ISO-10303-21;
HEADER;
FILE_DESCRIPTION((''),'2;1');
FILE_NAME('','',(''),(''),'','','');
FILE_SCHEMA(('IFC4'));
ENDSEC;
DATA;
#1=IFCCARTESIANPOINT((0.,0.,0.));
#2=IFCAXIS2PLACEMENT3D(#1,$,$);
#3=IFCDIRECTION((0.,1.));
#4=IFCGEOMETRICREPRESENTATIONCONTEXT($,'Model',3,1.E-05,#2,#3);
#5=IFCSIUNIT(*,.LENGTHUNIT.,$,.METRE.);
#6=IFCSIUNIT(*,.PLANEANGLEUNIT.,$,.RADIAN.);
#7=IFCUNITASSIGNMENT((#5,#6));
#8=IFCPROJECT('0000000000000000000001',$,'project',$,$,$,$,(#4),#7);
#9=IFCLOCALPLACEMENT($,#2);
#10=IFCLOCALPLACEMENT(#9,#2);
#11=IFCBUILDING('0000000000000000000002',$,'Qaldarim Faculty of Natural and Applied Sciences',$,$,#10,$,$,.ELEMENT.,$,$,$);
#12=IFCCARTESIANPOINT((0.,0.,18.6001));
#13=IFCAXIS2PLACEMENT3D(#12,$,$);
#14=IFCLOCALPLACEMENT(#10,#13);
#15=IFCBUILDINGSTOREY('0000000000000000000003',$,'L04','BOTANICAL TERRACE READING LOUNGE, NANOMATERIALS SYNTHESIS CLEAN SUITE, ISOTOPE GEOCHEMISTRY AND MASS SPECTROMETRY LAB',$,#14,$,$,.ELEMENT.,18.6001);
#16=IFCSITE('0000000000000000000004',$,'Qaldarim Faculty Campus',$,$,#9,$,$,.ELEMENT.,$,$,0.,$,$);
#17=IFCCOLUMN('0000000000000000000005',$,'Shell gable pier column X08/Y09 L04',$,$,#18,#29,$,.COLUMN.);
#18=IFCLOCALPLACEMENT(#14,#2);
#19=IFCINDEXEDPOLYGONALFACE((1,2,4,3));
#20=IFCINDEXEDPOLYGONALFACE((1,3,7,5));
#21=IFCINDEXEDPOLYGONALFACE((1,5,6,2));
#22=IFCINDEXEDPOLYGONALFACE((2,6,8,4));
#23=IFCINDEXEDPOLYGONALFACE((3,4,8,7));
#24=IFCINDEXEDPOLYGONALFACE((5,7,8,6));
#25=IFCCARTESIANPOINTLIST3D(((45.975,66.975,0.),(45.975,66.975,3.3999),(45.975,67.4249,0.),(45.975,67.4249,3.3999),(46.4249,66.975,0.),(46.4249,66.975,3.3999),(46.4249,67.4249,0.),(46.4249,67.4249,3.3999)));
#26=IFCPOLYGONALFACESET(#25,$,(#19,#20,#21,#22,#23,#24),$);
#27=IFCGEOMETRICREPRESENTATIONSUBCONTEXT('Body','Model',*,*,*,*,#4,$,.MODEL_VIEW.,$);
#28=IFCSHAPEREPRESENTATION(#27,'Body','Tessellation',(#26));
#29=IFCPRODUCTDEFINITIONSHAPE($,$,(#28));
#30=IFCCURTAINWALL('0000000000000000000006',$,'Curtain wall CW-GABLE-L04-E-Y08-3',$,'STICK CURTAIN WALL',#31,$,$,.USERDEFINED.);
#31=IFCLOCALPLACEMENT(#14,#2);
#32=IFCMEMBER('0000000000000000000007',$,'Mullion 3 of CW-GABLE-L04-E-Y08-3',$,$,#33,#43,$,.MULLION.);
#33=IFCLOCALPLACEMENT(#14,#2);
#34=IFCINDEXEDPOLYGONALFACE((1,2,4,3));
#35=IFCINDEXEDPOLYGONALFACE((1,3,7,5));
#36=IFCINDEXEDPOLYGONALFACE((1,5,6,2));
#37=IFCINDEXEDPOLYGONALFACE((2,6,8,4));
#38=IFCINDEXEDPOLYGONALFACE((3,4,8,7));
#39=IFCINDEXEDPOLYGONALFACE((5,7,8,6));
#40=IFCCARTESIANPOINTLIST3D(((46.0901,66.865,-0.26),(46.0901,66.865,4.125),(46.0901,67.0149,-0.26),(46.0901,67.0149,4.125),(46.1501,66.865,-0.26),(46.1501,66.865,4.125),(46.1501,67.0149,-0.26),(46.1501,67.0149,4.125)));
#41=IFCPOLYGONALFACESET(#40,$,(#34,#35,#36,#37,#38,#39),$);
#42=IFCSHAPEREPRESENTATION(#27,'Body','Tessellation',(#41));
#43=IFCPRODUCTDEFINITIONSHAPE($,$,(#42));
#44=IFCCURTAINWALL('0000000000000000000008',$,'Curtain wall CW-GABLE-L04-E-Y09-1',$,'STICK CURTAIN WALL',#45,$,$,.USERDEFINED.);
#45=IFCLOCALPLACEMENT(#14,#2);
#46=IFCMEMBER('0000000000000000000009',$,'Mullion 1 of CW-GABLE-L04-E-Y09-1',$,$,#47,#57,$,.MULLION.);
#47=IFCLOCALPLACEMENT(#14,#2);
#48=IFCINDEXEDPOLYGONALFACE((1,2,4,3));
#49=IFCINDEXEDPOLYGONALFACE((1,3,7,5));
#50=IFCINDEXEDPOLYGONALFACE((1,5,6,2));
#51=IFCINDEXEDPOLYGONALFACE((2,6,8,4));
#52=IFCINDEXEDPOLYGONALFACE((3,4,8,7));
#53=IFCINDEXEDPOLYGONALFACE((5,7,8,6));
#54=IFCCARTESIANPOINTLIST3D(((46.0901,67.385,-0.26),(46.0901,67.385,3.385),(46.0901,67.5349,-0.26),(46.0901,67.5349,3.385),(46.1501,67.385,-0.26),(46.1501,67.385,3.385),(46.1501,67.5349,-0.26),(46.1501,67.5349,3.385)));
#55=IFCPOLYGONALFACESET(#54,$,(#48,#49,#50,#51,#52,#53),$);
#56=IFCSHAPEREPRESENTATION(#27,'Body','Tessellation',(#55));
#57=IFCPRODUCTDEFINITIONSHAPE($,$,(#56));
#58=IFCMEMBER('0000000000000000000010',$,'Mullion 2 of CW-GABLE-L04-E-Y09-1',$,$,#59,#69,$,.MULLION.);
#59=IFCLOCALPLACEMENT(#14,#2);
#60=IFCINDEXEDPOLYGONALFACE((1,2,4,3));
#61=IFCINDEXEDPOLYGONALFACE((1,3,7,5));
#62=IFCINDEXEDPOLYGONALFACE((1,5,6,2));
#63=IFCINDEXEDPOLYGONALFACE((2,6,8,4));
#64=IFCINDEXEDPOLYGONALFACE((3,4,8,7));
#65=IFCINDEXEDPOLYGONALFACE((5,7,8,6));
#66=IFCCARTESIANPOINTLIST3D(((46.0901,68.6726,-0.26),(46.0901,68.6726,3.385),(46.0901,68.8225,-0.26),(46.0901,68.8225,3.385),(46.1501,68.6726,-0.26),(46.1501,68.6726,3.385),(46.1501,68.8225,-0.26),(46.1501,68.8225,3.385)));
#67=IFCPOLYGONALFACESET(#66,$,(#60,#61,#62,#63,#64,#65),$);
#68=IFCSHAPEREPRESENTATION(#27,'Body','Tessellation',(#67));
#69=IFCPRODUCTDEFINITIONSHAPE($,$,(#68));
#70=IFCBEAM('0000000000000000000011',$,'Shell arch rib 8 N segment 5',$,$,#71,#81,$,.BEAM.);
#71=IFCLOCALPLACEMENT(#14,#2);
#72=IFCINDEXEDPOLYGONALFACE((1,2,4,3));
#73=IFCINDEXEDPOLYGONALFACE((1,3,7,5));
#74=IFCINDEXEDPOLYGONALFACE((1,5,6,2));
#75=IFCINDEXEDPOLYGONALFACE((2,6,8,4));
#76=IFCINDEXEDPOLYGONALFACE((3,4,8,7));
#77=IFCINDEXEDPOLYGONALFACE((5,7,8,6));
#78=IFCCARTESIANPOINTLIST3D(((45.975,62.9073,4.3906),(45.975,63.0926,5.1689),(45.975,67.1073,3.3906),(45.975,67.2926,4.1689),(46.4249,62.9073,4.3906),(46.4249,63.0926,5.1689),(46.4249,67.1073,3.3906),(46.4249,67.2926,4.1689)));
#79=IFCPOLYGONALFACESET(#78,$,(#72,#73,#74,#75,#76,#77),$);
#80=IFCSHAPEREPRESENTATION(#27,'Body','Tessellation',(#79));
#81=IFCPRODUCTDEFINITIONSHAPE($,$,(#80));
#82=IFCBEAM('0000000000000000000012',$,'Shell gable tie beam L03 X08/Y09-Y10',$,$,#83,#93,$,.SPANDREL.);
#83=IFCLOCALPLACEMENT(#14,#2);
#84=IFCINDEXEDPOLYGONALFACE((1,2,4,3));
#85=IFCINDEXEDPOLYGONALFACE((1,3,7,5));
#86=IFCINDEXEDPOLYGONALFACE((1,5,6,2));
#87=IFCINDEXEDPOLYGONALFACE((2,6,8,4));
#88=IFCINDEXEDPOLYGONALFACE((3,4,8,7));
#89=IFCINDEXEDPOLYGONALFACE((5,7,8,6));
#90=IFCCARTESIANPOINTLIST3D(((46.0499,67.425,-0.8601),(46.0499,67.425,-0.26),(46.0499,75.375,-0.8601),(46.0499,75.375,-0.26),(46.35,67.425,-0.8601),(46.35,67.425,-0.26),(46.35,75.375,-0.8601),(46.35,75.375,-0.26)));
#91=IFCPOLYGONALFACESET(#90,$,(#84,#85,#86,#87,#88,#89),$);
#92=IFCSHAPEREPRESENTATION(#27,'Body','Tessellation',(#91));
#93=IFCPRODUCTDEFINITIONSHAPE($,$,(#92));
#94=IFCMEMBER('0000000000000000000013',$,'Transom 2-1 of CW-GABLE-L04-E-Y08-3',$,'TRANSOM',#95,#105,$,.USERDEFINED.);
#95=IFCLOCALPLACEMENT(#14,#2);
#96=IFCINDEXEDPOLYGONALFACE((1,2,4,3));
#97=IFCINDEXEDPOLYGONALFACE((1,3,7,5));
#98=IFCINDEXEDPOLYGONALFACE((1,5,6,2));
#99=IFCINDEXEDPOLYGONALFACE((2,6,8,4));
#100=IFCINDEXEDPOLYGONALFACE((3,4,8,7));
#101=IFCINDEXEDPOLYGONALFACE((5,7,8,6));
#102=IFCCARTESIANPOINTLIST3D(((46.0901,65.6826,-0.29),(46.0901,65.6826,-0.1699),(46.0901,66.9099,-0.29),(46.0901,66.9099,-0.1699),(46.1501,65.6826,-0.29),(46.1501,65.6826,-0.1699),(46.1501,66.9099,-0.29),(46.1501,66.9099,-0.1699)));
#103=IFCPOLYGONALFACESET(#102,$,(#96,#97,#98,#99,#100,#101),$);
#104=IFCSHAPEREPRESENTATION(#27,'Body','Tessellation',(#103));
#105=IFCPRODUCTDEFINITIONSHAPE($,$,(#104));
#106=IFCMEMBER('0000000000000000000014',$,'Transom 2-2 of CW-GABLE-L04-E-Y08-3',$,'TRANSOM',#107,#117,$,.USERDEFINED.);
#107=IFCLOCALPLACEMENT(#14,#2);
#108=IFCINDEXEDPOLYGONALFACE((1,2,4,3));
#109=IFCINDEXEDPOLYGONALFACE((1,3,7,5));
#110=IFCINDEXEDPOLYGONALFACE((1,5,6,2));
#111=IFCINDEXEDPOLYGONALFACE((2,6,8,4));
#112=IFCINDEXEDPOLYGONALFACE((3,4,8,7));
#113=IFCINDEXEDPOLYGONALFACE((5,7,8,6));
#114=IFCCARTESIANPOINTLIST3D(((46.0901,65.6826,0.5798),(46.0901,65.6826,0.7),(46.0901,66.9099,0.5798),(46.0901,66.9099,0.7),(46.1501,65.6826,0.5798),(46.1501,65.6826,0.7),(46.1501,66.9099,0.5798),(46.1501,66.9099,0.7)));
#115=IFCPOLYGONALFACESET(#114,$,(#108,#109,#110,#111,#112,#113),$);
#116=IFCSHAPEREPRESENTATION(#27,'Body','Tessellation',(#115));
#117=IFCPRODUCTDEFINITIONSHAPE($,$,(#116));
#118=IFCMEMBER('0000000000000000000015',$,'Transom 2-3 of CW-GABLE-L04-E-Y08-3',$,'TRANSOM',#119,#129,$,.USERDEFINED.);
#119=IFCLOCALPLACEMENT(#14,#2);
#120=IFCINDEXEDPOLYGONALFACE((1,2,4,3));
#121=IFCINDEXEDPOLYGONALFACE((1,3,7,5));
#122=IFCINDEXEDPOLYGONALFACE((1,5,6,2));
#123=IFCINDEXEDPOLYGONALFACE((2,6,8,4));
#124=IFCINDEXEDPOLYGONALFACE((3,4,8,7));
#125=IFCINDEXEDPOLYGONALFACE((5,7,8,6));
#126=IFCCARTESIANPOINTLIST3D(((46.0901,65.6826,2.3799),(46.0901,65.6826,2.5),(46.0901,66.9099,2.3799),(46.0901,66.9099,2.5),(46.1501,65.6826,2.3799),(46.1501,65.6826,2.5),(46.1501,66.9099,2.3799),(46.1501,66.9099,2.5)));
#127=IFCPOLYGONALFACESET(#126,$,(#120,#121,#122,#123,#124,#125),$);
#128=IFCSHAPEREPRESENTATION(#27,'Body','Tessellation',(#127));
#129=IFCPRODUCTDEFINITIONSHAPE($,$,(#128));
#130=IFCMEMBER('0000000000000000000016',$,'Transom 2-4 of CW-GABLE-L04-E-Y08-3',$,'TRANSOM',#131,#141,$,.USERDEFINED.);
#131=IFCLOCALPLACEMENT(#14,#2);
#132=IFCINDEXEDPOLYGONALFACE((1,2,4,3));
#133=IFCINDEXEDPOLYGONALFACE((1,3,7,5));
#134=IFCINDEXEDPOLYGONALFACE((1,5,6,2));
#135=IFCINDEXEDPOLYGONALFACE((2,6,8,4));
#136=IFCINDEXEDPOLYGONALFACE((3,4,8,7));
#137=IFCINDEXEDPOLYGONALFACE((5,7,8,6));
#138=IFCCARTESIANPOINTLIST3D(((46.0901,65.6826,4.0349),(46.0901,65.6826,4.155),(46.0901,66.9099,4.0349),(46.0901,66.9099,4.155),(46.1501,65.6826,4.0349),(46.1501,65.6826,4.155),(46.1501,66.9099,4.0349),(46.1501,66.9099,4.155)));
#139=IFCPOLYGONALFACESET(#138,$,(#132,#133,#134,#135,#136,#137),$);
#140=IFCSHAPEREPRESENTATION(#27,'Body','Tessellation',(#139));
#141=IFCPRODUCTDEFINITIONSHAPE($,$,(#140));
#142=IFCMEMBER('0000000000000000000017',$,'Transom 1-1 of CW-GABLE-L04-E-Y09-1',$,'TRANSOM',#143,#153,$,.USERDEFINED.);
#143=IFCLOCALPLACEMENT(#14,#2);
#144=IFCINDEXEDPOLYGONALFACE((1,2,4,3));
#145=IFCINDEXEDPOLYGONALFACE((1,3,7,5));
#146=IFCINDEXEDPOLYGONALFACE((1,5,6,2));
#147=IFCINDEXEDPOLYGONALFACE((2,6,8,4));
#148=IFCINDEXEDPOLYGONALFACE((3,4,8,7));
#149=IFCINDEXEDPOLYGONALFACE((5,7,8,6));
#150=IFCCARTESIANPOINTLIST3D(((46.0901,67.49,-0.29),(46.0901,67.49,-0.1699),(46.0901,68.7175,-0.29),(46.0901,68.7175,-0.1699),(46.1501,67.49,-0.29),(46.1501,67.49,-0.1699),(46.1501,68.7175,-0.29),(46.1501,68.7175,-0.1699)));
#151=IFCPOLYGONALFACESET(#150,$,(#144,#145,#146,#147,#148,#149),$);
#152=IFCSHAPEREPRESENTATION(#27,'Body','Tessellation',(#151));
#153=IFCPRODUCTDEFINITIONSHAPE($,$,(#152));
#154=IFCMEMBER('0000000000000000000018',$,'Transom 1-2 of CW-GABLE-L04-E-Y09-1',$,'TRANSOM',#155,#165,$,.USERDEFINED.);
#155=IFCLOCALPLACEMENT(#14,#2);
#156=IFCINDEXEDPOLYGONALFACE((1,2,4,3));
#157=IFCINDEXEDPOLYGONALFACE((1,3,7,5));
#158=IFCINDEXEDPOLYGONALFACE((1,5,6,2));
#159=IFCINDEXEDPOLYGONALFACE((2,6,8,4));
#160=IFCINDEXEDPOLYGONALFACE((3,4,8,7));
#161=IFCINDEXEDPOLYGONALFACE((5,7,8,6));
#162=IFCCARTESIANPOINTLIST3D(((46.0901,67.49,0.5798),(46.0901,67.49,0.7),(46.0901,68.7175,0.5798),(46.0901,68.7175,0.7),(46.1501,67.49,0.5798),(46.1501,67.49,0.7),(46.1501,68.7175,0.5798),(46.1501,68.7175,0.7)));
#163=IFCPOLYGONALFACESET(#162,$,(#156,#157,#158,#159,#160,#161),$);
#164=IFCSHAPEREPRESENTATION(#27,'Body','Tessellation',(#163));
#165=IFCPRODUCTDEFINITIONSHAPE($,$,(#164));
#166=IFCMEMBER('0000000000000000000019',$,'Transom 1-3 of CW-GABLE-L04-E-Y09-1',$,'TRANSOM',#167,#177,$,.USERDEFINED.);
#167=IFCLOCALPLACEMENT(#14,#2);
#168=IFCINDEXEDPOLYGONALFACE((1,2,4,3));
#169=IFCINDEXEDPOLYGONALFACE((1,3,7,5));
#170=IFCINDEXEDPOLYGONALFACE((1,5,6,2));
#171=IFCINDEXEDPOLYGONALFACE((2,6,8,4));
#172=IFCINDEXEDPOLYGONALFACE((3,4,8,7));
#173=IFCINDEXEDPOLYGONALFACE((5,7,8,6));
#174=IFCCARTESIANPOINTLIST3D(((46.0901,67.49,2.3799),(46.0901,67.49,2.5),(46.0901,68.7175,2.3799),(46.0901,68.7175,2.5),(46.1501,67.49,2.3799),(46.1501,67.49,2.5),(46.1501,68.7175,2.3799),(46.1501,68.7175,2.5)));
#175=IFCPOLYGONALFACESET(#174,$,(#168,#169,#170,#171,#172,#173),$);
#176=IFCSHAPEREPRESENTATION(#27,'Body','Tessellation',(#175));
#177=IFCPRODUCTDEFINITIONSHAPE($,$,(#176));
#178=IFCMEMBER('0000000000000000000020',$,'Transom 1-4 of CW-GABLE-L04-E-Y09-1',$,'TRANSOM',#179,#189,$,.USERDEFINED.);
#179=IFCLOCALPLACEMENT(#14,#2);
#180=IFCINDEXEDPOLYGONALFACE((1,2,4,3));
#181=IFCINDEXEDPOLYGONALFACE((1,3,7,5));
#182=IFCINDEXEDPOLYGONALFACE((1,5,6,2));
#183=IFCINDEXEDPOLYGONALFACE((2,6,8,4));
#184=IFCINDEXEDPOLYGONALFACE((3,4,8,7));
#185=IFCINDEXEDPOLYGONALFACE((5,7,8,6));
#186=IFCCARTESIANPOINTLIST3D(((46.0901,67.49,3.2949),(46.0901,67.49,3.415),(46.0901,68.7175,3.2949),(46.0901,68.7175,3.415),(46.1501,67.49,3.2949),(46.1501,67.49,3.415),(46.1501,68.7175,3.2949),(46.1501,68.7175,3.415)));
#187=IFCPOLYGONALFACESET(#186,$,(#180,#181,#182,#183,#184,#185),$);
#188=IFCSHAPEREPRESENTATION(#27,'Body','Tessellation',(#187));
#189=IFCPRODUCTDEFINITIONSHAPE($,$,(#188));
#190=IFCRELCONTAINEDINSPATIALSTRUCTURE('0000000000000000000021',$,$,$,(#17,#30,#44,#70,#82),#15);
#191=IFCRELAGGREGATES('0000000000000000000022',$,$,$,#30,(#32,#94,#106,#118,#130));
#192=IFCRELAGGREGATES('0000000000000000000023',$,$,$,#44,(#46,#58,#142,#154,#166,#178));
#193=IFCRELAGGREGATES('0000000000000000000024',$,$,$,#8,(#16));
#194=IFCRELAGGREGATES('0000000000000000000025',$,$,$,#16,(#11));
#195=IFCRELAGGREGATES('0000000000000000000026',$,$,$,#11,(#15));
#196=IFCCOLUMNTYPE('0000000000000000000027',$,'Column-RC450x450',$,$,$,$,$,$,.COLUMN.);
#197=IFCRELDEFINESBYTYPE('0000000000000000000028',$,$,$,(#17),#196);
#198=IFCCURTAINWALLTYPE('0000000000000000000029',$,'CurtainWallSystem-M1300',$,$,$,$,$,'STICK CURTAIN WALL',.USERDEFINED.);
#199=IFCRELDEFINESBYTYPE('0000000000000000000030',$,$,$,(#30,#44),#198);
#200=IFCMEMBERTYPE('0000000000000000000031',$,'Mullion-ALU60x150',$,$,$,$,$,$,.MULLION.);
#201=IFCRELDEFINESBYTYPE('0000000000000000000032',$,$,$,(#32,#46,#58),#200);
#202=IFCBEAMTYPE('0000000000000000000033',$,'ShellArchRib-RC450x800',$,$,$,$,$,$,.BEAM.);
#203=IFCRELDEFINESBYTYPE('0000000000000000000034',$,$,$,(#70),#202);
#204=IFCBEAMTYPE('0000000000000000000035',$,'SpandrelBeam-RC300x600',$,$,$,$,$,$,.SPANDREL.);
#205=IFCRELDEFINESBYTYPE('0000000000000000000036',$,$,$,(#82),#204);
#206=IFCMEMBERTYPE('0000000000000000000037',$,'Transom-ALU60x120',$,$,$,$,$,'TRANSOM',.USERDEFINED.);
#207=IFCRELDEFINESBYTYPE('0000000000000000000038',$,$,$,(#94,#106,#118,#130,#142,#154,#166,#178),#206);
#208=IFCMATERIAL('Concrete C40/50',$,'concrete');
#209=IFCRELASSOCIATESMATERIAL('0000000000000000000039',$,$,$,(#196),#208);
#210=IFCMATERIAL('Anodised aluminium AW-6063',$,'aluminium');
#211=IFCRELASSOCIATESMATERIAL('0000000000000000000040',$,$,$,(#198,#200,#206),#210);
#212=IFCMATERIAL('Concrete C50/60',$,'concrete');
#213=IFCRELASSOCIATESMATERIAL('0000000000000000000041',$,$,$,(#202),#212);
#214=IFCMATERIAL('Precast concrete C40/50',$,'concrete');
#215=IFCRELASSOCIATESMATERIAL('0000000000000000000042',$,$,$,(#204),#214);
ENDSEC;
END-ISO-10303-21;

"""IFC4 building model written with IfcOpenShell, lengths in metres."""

from ifc_helpers import new_model, si_unit, direction, frame, origin, origin_2d, place, context, subcontext, project, spatial, rectangle, extrude, material, material_profile, profile_set, type_object, element, aggregate, save


model = new_model("IFC4")

# Units and contexts
model_context = context("Model", 3, precision=1e-05, world=origin(), true_north=direction((0.0, 1.0)))
body_context = subcontext(model_context, "Body", "Model", "MODEL_VIEW")
ifc_project = project(units=[si_unit("LENGTHUNIT", "METRE"), si_unit("PLANEANGLEUNIT", "RADIAN")], contexts=[model_context])

# Site, building, storey
site_placement = place(None, origin())
site = spatial("IfcSite", under=ifc_project, at=site_placement, Name="Qaldarim Faculty Campus", CompositionType="ELEMENT", RefElevation=0.0)
building_placement = place(site_placement, origin())
building = spatial("IfcBuilding", under=site, at=building_placement, Name="Qaldarim Faculty of Natural and Applied Sciences", CompositionType="ELEMENT")
storey_placement = place(building_placement, frame((0.0, 0.0, 18.6001)))
storey = spatial("IfcBuildingStorey", under=building, at=storey_placement, Name="L04", Description="BOTANICAL TERRACE READING LOUNGE, NANOMATERIALS SYNTHESIS CLEAN SUITE, ISOTOPE GEOCHEMISTRY AND MASS SPECTROMETRY LAB", CompositionType="ELEMENT", Elevation=18.6001)

# Column
ifc_material_1 = material(Name="Concrete C40/50", Category="concrete")
ifc_material_profile_1 = material_profile(ifc_material_1, rectangle(XDim=0.45, YDim=0.45, at=origin_2d()), Name="RC-C450x450")
ifc_profile_set_1 = profile_set([ifc_material_profile_1], Name="Concrete C40/50")
column_type = type_object("IfcColumnType", Name="Column-RC450x450", PredefinedType="COLUMN", material=ifc_profile_set_1)
column_placement = place(storey_placement, frame((46.2, 67.2, 0.0), z_axis=(0.0, 0.0, 1.0), x_axis=(1.0, 0.0, 0.0)))
element("IfcColumn", 1, at=column_placement, inside=storey, type_object=column_type, Name="Shell gable pier column X08/Y09 L04", PredefinedType="COLUMN", context=body_context, shape_type="SweptSolid", body=[
    extrude(rectangle(XDim=0.45, YDim=0.45, at=origin_2d()), origin(), (0.0, 0.0, 1.0), 3.3999),
])

# Curtain wall, member
ifc_material_2 = material(Name="Anodised aluminium AW-6063", Category="aluminium")
curtain_wall_type = type_object("IfcCurtainWallType", Name="CurtainWallSystem-M1300", ElementType="STICK CURTAIN WALL", PredefinedType="USERDEFINED", material=ifc_material_2)
curtain_wall_1_placement = place(storey_placement, origin())
curtain_wall_1 = element("IfcCurtainWall", 2, at=curtain_wall_1_placement, inside=storey, type_object=curtain_wall_type, Name="Curtain wall CW-GABLE-L04-E-Y08-3", ObjectType="STICK CURTAIN WALL", PredefinedType="USERDEFINED")
ifc_material_profile_2 = material_profile(ifc_material_2, rectangle(XDim=0.0601, YDim=0.1499, at=origin_2d()), Name="ALU-M60x150")
ifc_profile_set_2 = profile_set([ifc_material_profile_2], Name="Anodised aluminium AW-6063")
member_type_1 = type_object("IfcMemberType", Name="Mullion-ALU60x150", PredefinedType="MULLION", material=ifc_profile_set_2)
member_1_placement = place(storey_placement, frame((46.1201, 66.9399, -0.26), z_axis=(0.0, 0.0, 1.0), x_axis=(-1.0, 0.0, 0.0)))
member_1 = element("IfcMember", 3, at=member_1_placement, type_object=member_type_1, Name="Mullion 3 of CW-GABLE-L04-E-Y08-3", PredefinedType="MULLION", context=body_context, shape_type="SweptSolid", body=[
    extrude(rectangle(XDim=0.0601, YDim=0.1499, at=origin_2d()), origin(), (0.0, 0.0, 1.0), 4.385),
])

# Curtain wall, members
curtain_wall_2_placement = place(storey_placement, origin())
curtain_wall_2 = element("IfcCurtainWall", 4, at=curtain_wall_2_placement, inside=storey, type_object=curtain_wall_type, Name="Curtain wall CW-GABLE-L04-E-Y09-1", ObjectType="STICK CURTAIN WALL", PredefinedType="USERDEFINED")
member_2_placement = place(storey_placement, frame((46.1201, 67.46, -0.26), z_axis=(0.0, 0.0, 1.0), x_axis=(-1.0, 0.0, 0.0)))
member_2 = element("IfcMember", 5, at=member_2_placement, type_object=member_type_1, Name="Mullion 1 of CW-GABLE-L04-E-Y09-1", PredefinedType="MULLION", context=body_context, shape_type="SweptSolid", body=[
    extrude(rectangle(XDim=0.0601, YDim=0.1499, at=origin_2d()), origin(), (0.0, 0.0, 1.0), 3.645),
])
member_3_placement = place(storey_placement, frame((46.1201, 68.7476, -0.26), z_axis=(0.0, 0.0, 1.0), x_axis=(-1.0, 0.0, 0.0)))
member_3 = element("IfcMember", 6, at=member_3_placement, type_object=member_type_1, Name="Mullion 2 of CW-GABLE-L04-E-Y09-1", PredefinedType="MULLION", context=body_context, shape_type="SweptSolid", body=[
    extrude(rectangle(XDim=0.0601, YDim=0.1499, at=origin_2d()), origin(), (0.0, 0.0, 1.0), 3.645),
])

# Beams
ifc_material_3 = material(Name="Concrete C50/60", Category="concrete")
ifc_material_profile_3 = material_profile(ifc_material_3, rectangle(XDim=0.45, YDim=0.8, at=origin_2d()), Name="RC-RIB450x800")
ifc_profile_set_3 = profile_set([ifc_material_profile_3], Name="Concrete C50/60")
beam_type_1 = type_object("IfcBeamType", Name="ShellArchRib-RC450x800", PredefinedType="BEAM", material=ifc_profile_set_3)
beam_1_placement = place(storey_placement, frame((46.2, 67.2, 3.7798), z_axis=(0.0, -0.972806, 0.231623), x_axis=(1.0, 0.0, 0.0)))
element("IfcBeam", 7, at=beam_1_placement, inside=storey, type_object=beam_type_1, Name="Shell arch rib 8 N segment 5", PredefinedType="BEAM", context=body_context, shape_type="SweptSolid", body=[
    extrude(rectangle(XDim=0.45, YDim=0.8, at=origin_2d()), origin(), (0.0, 0.0, 1.0), 4.3174),
])
ifc_material_4 = material(Name="Precast concrete C40/50", Category="concrete")
ifc_material_profile_4 = material_profile(ifc_material_4, rectangle(XDim=0.3, YDim=0.6001, at=origin_2d()), Name="RC-SP300x600")
ifc_profile_set_4 = profile_set([ifc_material_profile_4], Name="Precast concrete C40/50")
beam_type_2 = type_object("IfcBeamType", Name="SpandrelBeam-RC300x600", PredefinedType="SPANDREL", material=ifc_profile_set_4)
beam_2_placement = place(storey_placement, frame((46.2, 67.425, -0.5601), z_axis=(0.0, 1.0, 0.0), x_axis=(-1.0, 0.0, 0.0)))
element("IfcBeam", 8, at=beam_2_placement, inside=storey, type_object=beam_type_2, Name="Shell gable tie beam L03 X08/Y09-Y10", PredefinedType="SPANDREL", context=body_context, shape_type="SweptSolid", body=[
    extrude(rectangle(XDim=0.3, YDim=0.6001, at=origin_2d()), origin(), (0.0, 0.0, 1.0), 7.95),
])

# Members
ifc_material_profile_5 = material_profile(ifc_material_2, rectangle(XDim=0.0601, YDim=0.1201, at=origin_2d()), Name="ALU-T60x120")
ifc_profile_set_5 = profile_set([ifc_material_profile_5], Name="Anodised aluminium AW-6063")
member_type_2 = type_object("IfcMemberType", Name="Transom-ALU60x120", ElementType="TRANSOM", PredefinedType="USERDEFINED", material=ifc_profile_set_5)
member_4_placement = place(storey_placement, frame((46.1201, 65.6826, -0.23), z_axis=(0.0, 1.0, 0.0), x_axis=(-1.0, 0.0, 0.0)))
member_4 = element("IfcMember", 9, at=member_4_placement, type_object=member_type_2, Name="Transom 2-1 of CW-GABLE-L04-E-Y08-3", ObjectType="TRANSOM", PredefinedType="USERDEFINED", context=body_context, shape_type="SweptSolid", body=[
    extrude(rectangle(XDim=0.0601, YDim=0.1201, at=origin_2d()), origin(), (0.0, 0.0, 1.0), 1.2273),
])
member_5_placement = place(storey_placement, frame((46.1201, 65.6826, 0.6399), z_axis=(0.0, 1.0, 0.0), x_axis=(-1.0, 0.0, 0.0)))
member_5 = element("IfcMember", 10, at=member_5_placement, type_object=member_type_2, Name="Transom 2-2 of CW-GABLE-L04-E-Y08-3", ObjectType="TRANSOM", PredefinedType="USERDEFINED", context=body_context, shape_type="SweptSolid", body=[
    extrude(rectangle(XDim=0.0601, YDim=0.1201, at=origin_2d()), origin(), (0.0, 0.0, 1.0), 1.2273),
])
member_6_placement = place(storey_placement, frame((46.1201, 65.6826, 2.4399), z_axis=(0.0, 1.0, 0.0), x_axis=(-1.0, 0.0, 0.0)))
member_6 = element("IfcMember", 11, at=member_6_placement, type_object=member_type_2, Name="Transom 2-3 of CW-GABLE-L04-E-Y08-3", ObjectType="TRANSOM", PredefinedType="USERDEFINED", context=body_context, shape_type="SweptSolid", body=[
    extrude(rectangle(XDim=0.0601, YDim=0.1201, at=origin_2d()), origin(), (0.0, 0.0, 1.0), 1.2273),
])
member_7_placement = place(storey_placement, frame((46.1201, 65.6826, 4.095), z_axis=(0.0, 1.0, 0.0), x_axis=(-1.0, 0.0, 0.0)))
member_7 = element("IfcMember", 12, at=member_7_placement, type_object=member_type_2, Name="Transom 2-4 of CW-GABLE-L04-E-Y08-3", ObjectType="TRANSOM", PredefinedType="USERDEFINED", context=body_context, shape_type="SweptSolid", body=[
    extrude(rectangle(XDim=0.0601, YDim=0.1201, at=origin_2d()), origin(), (0.0, 0.0, 1.0), 1.2273),
])
member_8_placement = place(storey_placement, frame((46.1201, 67.49, -0.23), z_axis=(0.0, 1.0, 0.0), x_axis=(-1.0, 0.0, 0.0)))
member_8 = element("IfcMember", 13, at=member_8_placement, type_object=member_type_2, Name="Transom 1-1 of CW-GABLE-L04-E-Y09-1", ObjectType="TRANSOM", PredefinedType="USERDEFINED", context=body_context, shape_type="SweptSolid", body=[
    extrude(rectangle(XDim=0.0601, YDim=0.1201, at=origin_2d()), origin(), (0.0, 0.0, 1.0), 1.2275),
])
member_9_placement = place(storey_placement, frame((46.1201, 67.49, 0.6399), z_axis=(0.0, 1.0, 0.0), x_axis=(-1.0, 0.0, 0.0)))
member_9 = element("IfcMember", 14, at=member_9_placement, type_object=member_type_2, Name="Transom 1-2 of CW-GABLE-L04-E-Y09-1", ObjectType="TRANSOM", PredefinedType="USERDEFINED", context=body_context, shape_type="SweptSolid", body=[
    extrude(rectangle(XDim=0.0601, YDim=0.1201, at=origin_2d()), origin(), (0.0, 0.0, 1.0), 1.2275),
])
member_10_placement = place(storey_placement, frame((46.1201, 67.49, 2.4399), z_axis=(0.0, 1.0, 0.0), x_axis=(-1.0, 0.0, 0.0)))
member_10 = element("IfcMember", 15, at=member_10_placement, type_object=member_type_2, Name="Transom 1-3 of CW-GABLE-L04-E-Y09-1", ObjectType="TRANSOM", PredefinedType="USERDEFINED", context=body_context, shape_type="SweptSolid", body=[
    extrude(rectangle(XDim=0.0601, YDim=0.1201, at=origin_2d()), origin(), (0.0, 0.0, 1.0), 1.2275),
])
member_11_placement = place(storey_placement, frame((46.1201, 67.49, 3.355), z_axis=(0.0, 1.0, 0.0), x_axis=(-1.0, 0.0, 0.0)))
member_11 = element("IfcMember", 16, at=member_11_placement, type_object=member_type_2, Name="Transom 1-4 of CW-GABLE-L04-E-Y09-1", ObjectType="TRANSOM", PredefinedType="USERDEFINED", context=body_context, shape_type="SweptSolid", body=[
    extrude(rectangle(XDim=0.0601, YDim=0.1201, at=origin_2d()), origin(), (0.0, 0.0, 1.0), 1.2275),
])

aggregate(curtain_wall_1, [member_1, member_4, member_5, member_6, member_7])
aggregate(curtain_wall_2, [member_2, member_3, member_8, member_9, member_10, member_11])

save(model, "model.ifc")
